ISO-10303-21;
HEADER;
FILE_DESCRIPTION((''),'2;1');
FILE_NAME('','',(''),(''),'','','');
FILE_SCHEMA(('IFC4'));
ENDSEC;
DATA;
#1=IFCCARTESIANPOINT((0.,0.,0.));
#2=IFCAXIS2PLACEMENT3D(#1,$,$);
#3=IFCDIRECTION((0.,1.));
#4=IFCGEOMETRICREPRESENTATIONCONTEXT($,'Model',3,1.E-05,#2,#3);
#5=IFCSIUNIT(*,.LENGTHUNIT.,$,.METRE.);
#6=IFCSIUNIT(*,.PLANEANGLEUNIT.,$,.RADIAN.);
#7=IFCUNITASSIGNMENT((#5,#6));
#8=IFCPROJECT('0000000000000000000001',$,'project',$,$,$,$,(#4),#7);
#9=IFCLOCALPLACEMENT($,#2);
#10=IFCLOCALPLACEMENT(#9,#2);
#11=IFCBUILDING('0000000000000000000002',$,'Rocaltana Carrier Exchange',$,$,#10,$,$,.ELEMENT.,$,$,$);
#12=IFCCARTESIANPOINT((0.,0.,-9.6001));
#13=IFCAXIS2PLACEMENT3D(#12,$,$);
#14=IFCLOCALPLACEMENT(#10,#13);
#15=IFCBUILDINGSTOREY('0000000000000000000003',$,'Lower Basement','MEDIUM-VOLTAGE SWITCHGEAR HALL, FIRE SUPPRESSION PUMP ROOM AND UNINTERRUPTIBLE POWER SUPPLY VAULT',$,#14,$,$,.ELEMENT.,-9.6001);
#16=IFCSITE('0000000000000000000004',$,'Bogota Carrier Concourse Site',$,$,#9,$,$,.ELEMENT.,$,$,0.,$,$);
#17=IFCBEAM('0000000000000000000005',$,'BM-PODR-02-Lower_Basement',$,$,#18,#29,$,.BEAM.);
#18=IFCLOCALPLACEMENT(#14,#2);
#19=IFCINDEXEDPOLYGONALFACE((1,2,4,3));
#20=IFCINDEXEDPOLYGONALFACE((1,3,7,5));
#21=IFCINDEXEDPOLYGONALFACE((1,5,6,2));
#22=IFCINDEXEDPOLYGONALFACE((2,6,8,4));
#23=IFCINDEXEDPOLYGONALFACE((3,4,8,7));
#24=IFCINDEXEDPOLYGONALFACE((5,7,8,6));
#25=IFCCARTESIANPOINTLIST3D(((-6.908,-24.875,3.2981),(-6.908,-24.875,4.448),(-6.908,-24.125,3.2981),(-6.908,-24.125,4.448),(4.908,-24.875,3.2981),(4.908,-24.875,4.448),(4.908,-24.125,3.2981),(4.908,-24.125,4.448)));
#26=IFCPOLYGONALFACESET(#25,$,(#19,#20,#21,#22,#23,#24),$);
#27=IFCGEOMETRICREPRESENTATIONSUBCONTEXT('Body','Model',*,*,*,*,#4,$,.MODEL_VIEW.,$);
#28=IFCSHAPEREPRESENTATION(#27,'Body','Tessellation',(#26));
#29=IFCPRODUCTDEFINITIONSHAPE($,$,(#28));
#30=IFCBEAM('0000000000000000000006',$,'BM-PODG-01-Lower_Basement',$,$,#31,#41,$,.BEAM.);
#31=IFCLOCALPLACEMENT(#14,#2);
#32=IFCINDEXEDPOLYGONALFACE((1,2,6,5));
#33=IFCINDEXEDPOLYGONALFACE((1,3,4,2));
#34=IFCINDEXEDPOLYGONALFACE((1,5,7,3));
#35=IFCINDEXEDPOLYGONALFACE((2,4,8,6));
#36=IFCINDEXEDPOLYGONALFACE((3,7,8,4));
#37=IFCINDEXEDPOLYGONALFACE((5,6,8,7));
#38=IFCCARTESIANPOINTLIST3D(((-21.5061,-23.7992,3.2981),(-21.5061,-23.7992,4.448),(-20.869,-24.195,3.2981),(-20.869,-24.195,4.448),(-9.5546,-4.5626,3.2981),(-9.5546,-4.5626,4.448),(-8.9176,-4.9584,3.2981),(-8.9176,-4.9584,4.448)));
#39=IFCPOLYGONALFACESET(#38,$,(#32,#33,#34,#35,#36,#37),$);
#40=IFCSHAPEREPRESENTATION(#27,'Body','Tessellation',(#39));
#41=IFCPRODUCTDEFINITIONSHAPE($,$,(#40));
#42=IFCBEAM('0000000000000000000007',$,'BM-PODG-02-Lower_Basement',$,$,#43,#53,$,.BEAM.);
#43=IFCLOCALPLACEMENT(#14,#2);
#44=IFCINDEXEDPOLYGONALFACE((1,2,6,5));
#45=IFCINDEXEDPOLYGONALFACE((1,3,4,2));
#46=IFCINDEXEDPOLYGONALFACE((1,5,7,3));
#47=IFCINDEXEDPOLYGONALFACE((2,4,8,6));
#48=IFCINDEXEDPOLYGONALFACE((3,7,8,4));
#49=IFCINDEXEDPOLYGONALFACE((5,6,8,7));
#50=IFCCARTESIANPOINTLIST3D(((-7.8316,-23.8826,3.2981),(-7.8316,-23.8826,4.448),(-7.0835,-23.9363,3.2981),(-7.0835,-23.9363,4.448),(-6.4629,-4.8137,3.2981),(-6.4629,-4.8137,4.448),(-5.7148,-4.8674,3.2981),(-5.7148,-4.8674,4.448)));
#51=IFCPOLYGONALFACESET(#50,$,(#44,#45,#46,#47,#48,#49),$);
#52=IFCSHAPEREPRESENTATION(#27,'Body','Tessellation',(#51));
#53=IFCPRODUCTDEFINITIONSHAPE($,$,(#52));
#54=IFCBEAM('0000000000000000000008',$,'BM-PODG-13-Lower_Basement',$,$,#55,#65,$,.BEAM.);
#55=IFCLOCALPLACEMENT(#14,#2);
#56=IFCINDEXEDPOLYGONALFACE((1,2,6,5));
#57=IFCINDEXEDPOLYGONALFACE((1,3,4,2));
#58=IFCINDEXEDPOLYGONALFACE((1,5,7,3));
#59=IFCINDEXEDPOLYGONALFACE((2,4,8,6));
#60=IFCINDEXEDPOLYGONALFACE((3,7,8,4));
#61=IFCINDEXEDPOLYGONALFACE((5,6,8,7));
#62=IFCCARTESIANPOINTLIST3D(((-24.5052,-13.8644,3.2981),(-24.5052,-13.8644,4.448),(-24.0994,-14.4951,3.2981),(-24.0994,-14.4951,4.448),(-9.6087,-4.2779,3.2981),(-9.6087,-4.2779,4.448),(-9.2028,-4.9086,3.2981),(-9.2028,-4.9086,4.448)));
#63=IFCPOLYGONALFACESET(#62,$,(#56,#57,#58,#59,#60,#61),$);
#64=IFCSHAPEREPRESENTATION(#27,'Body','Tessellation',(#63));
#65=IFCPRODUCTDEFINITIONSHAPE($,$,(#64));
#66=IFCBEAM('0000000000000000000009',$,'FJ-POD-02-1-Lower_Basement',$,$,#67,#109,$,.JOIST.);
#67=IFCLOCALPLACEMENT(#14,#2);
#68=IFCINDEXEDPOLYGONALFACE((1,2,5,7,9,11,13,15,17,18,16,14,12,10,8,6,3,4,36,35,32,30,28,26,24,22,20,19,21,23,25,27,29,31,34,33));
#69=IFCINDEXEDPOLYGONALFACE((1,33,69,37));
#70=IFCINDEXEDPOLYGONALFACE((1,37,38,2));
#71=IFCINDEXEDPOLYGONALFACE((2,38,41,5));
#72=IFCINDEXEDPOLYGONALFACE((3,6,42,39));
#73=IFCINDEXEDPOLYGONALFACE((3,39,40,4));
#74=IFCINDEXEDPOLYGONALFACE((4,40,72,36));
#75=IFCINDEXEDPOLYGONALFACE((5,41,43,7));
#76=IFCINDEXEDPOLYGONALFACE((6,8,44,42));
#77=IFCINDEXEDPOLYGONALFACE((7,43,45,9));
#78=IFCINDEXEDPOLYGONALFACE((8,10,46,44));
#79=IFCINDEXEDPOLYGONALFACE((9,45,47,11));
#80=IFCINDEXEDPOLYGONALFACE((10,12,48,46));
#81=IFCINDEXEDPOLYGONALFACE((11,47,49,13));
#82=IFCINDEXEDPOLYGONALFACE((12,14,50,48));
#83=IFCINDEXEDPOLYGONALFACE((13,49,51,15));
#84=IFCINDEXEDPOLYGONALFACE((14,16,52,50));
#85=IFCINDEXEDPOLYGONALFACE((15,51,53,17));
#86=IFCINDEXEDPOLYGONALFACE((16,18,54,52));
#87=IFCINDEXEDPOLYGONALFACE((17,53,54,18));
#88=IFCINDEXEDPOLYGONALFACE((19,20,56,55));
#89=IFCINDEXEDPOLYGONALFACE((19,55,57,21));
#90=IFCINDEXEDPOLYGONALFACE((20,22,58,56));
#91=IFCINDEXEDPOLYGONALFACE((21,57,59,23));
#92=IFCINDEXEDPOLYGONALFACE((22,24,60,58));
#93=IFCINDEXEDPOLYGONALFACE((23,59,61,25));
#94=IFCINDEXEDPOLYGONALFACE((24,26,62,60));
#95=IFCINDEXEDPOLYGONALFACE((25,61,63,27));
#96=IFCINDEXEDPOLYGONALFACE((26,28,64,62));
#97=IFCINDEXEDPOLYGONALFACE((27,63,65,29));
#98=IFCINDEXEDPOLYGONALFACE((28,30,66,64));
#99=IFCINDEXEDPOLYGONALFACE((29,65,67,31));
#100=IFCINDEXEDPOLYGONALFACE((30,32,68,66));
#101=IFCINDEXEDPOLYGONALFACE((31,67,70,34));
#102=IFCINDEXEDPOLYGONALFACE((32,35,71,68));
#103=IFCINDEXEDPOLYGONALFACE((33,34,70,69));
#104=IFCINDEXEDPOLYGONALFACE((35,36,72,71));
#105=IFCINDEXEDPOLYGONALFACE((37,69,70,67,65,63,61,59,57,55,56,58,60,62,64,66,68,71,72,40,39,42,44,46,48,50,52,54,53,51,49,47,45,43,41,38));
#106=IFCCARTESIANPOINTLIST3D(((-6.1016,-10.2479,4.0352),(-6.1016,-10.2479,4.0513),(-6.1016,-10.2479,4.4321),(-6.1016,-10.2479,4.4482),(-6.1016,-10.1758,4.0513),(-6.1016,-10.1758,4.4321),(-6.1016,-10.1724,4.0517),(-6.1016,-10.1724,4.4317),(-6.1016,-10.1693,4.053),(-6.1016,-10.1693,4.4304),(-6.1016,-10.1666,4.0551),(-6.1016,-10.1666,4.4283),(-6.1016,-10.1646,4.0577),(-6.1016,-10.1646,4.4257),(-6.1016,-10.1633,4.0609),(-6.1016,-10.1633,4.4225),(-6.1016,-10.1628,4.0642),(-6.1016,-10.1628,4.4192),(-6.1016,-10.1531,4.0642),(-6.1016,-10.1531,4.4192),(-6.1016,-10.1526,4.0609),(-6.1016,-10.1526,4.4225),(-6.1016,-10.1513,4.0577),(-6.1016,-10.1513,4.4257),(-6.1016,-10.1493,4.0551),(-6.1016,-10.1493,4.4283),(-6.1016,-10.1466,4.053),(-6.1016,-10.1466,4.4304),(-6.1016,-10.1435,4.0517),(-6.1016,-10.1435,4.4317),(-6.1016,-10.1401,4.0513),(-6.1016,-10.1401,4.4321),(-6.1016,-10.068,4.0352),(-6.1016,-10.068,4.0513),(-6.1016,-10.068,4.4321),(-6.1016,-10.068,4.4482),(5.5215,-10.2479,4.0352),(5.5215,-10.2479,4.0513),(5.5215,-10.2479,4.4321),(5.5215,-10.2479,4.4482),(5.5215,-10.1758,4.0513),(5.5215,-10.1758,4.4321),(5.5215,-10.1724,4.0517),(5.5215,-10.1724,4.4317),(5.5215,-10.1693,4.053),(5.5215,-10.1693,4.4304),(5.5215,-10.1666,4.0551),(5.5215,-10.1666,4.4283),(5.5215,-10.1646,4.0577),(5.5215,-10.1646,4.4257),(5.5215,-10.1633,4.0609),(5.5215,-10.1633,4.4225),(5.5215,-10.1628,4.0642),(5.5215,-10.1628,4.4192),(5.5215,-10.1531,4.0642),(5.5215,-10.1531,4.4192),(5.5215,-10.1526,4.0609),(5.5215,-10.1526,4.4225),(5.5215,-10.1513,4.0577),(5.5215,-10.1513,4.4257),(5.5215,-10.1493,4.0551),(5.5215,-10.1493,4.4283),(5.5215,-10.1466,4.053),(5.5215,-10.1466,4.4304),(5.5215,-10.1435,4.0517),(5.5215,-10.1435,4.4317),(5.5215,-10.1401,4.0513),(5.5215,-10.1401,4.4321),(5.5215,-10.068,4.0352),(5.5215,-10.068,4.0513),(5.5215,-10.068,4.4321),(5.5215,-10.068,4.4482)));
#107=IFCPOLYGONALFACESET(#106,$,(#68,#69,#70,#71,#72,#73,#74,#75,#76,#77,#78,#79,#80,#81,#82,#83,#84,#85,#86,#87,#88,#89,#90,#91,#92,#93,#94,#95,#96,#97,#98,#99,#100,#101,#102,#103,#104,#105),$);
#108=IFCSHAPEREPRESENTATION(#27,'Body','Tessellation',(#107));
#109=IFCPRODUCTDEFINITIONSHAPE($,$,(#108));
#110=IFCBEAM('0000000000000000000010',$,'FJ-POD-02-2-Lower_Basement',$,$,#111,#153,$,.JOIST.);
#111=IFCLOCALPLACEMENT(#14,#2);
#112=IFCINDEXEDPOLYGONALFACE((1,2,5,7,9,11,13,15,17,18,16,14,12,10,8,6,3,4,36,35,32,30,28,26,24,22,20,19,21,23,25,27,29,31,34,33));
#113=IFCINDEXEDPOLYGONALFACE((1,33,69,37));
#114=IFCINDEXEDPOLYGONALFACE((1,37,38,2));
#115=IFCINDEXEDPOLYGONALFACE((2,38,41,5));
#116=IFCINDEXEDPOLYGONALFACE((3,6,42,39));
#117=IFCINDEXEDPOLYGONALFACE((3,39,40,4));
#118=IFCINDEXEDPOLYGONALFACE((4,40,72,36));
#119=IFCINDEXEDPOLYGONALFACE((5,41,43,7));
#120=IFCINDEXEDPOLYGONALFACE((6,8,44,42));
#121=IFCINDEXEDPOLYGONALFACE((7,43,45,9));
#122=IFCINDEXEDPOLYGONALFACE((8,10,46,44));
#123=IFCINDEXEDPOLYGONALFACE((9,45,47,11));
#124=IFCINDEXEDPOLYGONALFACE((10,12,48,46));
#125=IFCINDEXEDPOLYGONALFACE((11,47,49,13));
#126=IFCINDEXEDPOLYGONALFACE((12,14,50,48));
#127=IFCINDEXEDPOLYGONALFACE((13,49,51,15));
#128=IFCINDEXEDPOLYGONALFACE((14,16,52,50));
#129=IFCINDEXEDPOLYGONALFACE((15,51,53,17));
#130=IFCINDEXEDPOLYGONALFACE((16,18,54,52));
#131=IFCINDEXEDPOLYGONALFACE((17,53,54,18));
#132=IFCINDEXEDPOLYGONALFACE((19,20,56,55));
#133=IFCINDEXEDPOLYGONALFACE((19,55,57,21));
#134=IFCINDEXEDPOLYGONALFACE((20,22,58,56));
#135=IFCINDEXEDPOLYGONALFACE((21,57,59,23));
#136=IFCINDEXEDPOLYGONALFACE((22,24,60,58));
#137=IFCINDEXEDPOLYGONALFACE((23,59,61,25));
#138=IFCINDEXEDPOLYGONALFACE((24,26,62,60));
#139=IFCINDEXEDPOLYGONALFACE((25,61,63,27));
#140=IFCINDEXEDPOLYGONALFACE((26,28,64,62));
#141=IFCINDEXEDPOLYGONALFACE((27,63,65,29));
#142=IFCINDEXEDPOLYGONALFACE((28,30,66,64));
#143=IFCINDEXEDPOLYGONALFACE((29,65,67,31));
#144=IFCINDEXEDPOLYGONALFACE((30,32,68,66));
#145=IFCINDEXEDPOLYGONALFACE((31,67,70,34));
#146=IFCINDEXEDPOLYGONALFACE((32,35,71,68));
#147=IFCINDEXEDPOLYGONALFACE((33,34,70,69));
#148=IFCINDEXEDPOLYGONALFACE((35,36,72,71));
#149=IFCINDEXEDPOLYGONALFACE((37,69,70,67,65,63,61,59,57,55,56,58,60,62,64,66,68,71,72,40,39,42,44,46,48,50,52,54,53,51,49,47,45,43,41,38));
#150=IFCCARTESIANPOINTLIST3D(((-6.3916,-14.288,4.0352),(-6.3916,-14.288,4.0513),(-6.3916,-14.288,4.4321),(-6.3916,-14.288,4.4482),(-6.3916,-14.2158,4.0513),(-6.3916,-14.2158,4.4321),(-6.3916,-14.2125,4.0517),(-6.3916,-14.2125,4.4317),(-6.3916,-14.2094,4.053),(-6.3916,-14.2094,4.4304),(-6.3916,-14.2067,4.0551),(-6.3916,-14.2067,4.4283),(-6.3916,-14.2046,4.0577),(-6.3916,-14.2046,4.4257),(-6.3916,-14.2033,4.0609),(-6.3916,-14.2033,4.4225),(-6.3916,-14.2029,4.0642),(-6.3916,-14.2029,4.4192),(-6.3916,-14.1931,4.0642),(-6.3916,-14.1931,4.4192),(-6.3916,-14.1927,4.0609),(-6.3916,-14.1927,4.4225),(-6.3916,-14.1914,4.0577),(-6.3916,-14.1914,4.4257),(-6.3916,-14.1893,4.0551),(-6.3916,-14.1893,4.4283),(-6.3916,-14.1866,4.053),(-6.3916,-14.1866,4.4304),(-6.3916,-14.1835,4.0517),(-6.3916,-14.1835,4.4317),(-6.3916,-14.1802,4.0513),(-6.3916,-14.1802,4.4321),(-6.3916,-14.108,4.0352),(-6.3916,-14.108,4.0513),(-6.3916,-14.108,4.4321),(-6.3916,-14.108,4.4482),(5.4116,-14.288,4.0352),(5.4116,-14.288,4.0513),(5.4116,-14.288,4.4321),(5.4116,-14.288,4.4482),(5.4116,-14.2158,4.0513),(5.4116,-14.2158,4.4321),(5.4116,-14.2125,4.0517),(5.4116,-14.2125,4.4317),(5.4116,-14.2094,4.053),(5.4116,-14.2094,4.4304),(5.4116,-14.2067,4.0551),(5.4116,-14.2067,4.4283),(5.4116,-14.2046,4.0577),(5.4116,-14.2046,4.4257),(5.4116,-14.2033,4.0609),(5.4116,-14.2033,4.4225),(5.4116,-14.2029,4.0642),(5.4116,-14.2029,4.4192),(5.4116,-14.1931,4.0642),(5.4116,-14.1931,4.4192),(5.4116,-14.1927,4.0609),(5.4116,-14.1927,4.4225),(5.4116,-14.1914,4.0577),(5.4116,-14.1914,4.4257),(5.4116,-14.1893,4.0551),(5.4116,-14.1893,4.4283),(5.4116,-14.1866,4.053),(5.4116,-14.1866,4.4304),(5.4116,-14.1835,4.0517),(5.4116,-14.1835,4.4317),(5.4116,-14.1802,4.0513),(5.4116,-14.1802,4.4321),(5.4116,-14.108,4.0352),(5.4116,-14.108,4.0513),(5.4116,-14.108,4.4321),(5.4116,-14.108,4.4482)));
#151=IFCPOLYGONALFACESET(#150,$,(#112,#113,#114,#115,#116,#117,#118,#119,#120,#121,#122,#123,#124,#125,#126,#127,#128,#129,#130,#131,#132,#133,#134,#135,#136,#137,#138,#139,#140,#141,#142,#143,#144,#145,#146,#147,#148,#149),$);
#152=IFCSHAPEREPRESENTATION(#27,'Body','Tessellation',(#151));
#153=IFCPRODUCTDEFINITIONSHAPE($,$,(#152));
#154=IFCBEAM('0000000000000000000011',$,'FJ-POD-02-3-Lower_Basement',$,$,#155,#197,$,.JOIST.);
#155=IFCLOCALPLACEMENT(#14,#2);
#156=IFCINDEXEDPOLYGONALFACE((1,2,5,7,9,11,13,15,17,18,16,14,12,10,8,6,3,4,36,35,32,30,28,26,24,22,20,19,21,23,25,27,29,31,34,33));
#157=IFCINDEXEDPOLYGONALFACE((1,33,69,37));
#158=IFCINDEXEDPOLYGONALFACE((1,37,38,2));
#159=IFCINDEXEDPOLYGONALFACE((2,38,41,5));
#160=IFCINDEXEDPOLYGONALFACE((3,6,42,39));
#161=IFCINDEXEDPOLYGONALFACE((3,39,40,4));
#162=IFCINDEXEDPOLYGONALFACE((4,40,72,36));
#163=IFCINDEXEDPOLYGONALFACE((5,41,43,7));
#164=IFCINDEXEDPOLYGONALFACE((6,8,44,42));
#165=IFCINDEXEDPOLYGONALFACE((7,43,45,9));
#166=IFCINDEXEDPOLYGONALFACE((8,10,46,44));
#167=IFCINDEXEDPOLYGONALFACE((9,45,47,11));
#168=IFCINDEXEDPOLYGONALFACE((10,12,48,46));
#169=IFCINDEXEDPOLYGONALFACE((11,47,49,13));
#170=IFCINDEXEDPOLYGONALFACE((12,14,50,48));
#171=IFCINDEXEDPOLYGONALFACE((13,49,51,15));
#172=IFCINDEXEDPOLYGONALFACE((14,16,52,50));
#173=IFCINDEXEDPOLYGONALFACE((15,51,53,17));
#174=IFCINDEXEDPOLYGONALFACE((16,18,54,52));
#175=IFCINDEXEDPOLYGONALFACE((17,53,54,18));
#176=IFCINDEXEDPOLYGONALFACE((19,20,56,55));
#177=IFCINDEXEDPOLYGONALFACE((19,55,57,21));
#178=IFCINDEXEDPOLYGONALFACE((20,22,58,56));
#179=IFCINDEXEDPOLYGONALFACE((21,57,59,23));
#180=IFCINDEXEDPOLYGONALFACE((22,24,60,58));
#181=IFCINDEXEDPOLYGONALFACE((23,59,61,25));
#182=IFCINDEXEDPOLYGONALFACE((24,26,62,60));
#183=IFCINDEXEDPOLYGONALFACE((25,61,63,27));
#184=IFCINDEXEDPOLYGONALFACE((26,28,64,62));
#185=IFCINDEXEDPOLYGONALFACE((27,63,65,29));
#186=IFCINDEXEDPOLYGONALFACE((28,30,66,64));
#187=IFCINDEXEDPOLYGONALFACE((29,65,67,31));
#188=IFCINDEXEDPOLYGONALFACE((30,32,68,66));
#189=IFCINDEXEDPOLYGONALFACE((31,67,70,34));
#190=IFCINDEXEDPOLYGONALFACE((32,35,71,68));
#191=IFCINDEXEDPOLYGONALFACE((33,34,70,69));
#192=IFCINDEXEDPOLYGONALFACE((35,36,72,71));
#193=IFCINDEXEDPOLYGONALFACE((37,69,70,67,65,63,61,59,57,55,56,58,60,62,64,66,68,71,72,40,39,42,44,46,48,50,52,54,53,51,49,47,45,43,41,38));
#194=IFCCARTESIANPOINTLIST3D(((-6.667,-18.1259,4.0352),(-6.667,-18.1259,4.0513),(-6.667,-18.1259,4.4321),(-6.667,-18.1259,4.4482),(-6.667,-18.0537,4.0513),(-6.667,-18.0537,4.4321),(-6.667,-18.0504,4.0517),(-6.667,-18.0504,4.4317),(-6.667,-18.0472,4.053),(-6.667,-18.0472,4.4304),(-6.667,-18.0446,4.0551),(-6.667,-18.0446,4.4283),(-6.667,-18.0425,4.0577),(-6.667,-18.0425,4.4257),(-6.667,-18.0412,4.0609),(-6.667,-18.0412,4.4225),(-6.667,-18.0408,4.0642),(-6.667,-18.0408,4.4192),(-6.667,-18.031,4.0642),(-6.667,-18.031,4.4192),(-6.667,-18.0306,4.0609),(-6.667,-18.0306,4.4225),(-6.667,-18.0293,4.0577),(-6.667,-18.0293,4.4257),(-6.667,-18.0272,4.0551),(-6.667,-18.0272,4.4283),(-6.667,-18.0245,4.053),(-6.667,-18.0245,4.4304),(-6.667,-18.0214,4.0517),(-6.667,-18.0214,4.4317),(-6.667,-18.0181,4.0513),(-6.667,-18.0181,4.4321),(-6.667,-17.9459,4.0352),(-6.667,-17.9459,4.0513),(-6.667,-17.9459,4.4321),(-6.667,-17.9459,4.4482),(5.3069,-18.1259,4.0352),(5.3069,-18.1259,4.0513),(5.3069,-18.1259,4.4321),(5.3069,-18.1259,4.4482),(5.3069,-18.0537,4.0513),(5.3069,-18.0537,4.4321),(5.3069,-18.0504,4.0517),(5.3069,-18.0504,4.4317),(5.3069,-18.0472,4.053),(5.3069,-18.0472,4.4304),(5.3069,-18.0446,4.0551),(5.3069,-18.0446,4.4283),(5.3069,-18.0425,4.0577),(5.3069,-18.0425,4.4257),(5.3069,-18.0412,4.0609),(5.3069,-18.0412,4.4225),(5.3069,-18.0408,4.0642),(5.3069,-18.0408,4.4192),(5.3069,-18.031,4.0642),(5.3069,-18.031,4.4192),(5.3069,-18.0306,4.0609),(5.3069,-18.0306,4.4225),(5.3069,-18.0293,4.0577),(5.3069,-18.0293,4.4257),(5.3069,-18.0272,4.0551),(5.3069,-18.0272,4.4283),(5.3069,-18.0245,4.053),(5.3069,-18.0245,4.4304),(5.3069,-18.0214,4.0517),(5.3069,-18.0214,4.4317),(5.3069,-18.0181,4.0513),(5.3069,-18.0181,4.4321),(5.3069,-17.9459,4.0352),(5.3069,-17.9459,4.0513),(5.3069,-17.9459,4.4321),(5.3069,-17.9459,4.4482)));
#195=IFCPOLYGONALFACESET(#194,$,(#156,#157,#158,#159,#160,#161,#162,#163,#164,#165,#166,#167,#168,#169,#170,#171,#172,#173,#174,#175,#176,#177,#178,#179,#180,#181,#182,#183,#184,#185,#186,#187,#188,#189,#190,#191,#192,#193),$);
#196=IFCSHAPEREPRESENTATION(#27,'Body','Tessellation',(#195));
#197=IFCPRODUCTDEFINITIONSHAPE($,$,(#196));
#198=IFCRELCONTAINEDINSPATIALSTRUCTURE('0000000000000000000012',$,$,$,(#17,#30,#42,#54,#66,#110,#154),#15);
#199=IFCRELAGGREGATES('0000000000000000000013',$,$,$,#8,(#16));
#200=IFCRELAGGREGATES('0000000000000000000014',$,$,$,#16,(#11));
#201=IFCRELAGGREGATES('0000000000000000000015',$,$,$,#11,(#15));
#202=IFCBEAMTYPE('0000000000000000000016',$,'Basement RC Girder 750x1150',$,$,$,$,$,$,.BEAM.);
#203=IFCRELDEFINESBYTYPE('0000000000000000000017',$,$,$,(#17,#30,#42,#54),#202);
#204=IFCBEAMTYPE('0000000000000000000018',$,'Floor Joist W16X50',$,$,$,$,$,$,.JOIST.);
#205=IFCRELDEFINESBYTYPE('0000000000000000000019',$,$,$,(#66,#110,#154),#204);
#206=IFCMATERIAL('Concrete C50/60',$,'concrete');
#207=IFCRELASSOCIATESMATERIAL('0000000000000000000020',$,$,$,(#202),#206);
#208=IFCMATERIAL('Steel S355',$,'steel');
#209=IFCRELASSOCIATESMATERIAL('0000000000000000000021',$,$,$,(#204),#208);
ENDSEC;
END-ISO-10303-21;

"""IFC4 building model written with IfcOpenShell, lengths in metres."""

from ifc_helpers import new_model, si_unit, direction, frame, origin, origin_2d, place, context, subcontext, project, spatial, rectangle, i_section, extrude, material, material_profile, profile_set, type_object, element, save


model = new_model("IFC4")

# Units and contexts
model_context = context("Model", 3, precision=1e-05, world=origin(), true_north=direction((0.0, 1.0)))
body_context = subcontext(model_context, "Body", "Model", "MODEL_VIEW")
ifc_project = project(units=[si_unit("LENGTHUNIT", "METRE"), si_unit("PLANEANGLEUNIT", "RADIAN")], contexts=[model_context])

# Site, building, storey
site_placement = place(None, origin())
site = spatial("IfcSite", under=ifc_project, at=site_placement, Name="Bogota Carrier Concourse Site", CompositionType="ELEMENT", RefElevation=0.0)
building_placement = place(site_placement, origin())
building = spatial("IfcBuilding", under=site, at=building_placement, Name="Rocaltana Carrier Exchange", CompositionType="ELEMENT")
storey_placement = place(building_placement, frame((0.0, 0.0, -9.6001)))
storey = spatial("IfcBuildingStorey", under=building, at=storey_placement, Name="Lower Basement", Description="MEDIUM-VOLTAGE SWITCHGEAR HALL, FIRE SUPPRESSION PUMP ROOM AND UNINTERRUPTIBLE POWER SUPPLY VAULT", CompositionType="ELEMENT", Elevation=-9.6001)

# Beams
ifc_material_1 = material(Name="Concrete C50/60", Category="concrete")
ifc_material_profile_1 = material_profile(ifc_material_1, rectangle(XDim=0.75, YDim=1.1499, at=origin_2d()), Name="RC-BM-750X1150")
ifc_profile_set_1 = profile_set([ifc_material_profile_1], Name="Concrete C50/60")
beam_type_1 = type_object("IfcBeamType", Name="Basement RC Girder 750x1150", PredefinedType="BEAM", material=ifc_profile_set_1)
beam_1_placement = place(storey_placement, frame((-6.908, -24.5, 3.873), z_axis=(1.0, 0.0, 0.0), x_axis=(0.0, 1.0, 0.0)))
element("IfcBeam", 1, at=beam_1_placement, inside=storey, type_object=beam_type_1, Name="BM-PODR-02-Lower_Basement", PredefinedType="BEAM", context=body_context, shape_type="SweptSolid", body=[
    extrude(rectangle(XDim=0.75, YDim=1.1499, at=origin_2d()), origin(), (0.0, 0.0, 1.0), 11.8159),
])
beam_2_placement = place(storey_placement, frame((-9.2361, -4.7605, 3.873), z_axis=(-0.527729, -0.849413, 0.0), x_axis=(0.849413, -0.527729, 0.0)))
element("IfcBeam", 2, at=beam_2_placement, inside=storey, type_object=beam_type_1, Name="BM-PODG-01-Lower_Basement", PredefinedType="BEAM", context=body_context, shape_type="SweptSolid", body=[
    extrude(rectangle(XDim=0.75, YDim=1.1499, at=origin_2d()), origin(), (0.0, 0.0, 1.0), 22.647),
])
beam_3_placement = place(storey_placement, frame((-6.0889, -4.8406, 3.873), z_axis=(-0.07159, -0.997434, 0.0), x_axis=(0.997434, -0.07159, 0.0)))
element("IfcBeam", 3, at=beam_3_placement, inside=storey, type_object=beam_type_1, Name="BM-PODG-02-Lower_Basement", PredefinedType="BEAM", context=body_context, shape_type="SweptSolid", body=[
    extrude(rectangle(XDim=0.75, YDim=1.1499, at=origin_2d()), origin(), (0.0, 0.0, 1.0), 19.1179),
])
beam_4_placement = place(storey_placement, frame((-9.4058, -4.5933, 3.873), z_axis=(-0.840919, -0.541162, 0.0), x_axis=(0.541162, -0.840919, 0.0)))
element("IfcBeam", 4, at=beam_4_placement, inside=storey, type_object=beam_type_1, Name="BM-PODG-13-Lower_Basement", PredefinedType="BEAM", context=body_context, shape_type="SweptSolid", body=[
    extrude(rectangle(XDim=0.75, YDim=1.1499, at=origin_2d()), origin(), (0.0, 0.0, 1.0), 17.7146),
])
ifc_material_2 = material(Name="Steel S355", Category="steel")
ifc_material_profile_2 = material_profile(ifc_material_2, i_section(OverallWidth=0.1799, OverallDepth=0.4131, WebThickness=0.0098, FlangeThickness=0.0161, FilletRadius=0.0129, at=origin_2d()), Name="W16X50")
ifc_profile_set_2 = profile_set([ifc_material_profile_2], Name="Steel S355")
beam_type_2 = type_object("IfcBeamType", Name="Floor Joist W16X50", PredefinedType="JOIST", material=ifc_profile_set_2)
beam_5_placement = place(storey_placement, frame((-6.1016, -10.158, 4.2417), z_axis=(1.0, 0.0, 0.0), x_axis=(0.0, 1.0, 0.0)))
element("IfcBeam", 5, at=beam_5_placement, inside=storey, type_object=beam_type_2, Name="FJ-POD-02-1-Lower_Basement", PredefinedType="JOIST", context=body_context, shape_type="SweptSolid", body=[
    extrude(i_section(OverallWidth=0.1799, OverallDepth=0.4131, WebThickness=0.0098, FlangeThickness=0.0161, FilletRadius=0.0129, at=origin_2d()), origin(), (0.0, 0.0, 1.0), 11.623),
])
beam_6_placement = place(storey_placement, frame((-6.3916, -14.198, 4.2417), z_axis=(1.0, 0.0, 0.0), x_axis=(0.0, 1.0, 0.0)))
element("IfcBeam", 6, at=beam_6_placement, inside=storey, type_object=beam_type_2, Name="FJ-POD-02-2-Lower_Basement", PredefinedType="JOIST", context=body_context, shape_type="SweptSolid", body=[
    extrude(i_section(OverallWidth=0.1799, OverallDepth=0.4131, WebThickness=0.0098, FlangeThickness=0.0161, FilletRadius=0.0129, at=origin_2d()), origin(), (0.0, 0.0, 1.0), 11.8032),
])
beam_7_placement = place(storey_placement, frame((-6.667, -18.0359, 4.2417), z_axis=(1.0, 0.0, 0.0), x_axis=(0.0, 1.0, 0.0)))
element("IfcBeam", 7, at=beam_7_placement, inside=storey, type_object=beam_type_2, Name="FJ-POD-02-3-Lower_Basement", PredefinedType="JOIST", context=body_context, shape_type="SweptSolid", body=[
    extrude(i_section(OverallWidth=0.1799, OverallDepth=0.4131, WebThickness=0.0098, FlangeThickness=0.0161, FilletRadius=0.0129, at=origin_2d()), origin(), (0.0, 0.0, 1.0), 11.9739),
])

save(model, "model.ifc")
